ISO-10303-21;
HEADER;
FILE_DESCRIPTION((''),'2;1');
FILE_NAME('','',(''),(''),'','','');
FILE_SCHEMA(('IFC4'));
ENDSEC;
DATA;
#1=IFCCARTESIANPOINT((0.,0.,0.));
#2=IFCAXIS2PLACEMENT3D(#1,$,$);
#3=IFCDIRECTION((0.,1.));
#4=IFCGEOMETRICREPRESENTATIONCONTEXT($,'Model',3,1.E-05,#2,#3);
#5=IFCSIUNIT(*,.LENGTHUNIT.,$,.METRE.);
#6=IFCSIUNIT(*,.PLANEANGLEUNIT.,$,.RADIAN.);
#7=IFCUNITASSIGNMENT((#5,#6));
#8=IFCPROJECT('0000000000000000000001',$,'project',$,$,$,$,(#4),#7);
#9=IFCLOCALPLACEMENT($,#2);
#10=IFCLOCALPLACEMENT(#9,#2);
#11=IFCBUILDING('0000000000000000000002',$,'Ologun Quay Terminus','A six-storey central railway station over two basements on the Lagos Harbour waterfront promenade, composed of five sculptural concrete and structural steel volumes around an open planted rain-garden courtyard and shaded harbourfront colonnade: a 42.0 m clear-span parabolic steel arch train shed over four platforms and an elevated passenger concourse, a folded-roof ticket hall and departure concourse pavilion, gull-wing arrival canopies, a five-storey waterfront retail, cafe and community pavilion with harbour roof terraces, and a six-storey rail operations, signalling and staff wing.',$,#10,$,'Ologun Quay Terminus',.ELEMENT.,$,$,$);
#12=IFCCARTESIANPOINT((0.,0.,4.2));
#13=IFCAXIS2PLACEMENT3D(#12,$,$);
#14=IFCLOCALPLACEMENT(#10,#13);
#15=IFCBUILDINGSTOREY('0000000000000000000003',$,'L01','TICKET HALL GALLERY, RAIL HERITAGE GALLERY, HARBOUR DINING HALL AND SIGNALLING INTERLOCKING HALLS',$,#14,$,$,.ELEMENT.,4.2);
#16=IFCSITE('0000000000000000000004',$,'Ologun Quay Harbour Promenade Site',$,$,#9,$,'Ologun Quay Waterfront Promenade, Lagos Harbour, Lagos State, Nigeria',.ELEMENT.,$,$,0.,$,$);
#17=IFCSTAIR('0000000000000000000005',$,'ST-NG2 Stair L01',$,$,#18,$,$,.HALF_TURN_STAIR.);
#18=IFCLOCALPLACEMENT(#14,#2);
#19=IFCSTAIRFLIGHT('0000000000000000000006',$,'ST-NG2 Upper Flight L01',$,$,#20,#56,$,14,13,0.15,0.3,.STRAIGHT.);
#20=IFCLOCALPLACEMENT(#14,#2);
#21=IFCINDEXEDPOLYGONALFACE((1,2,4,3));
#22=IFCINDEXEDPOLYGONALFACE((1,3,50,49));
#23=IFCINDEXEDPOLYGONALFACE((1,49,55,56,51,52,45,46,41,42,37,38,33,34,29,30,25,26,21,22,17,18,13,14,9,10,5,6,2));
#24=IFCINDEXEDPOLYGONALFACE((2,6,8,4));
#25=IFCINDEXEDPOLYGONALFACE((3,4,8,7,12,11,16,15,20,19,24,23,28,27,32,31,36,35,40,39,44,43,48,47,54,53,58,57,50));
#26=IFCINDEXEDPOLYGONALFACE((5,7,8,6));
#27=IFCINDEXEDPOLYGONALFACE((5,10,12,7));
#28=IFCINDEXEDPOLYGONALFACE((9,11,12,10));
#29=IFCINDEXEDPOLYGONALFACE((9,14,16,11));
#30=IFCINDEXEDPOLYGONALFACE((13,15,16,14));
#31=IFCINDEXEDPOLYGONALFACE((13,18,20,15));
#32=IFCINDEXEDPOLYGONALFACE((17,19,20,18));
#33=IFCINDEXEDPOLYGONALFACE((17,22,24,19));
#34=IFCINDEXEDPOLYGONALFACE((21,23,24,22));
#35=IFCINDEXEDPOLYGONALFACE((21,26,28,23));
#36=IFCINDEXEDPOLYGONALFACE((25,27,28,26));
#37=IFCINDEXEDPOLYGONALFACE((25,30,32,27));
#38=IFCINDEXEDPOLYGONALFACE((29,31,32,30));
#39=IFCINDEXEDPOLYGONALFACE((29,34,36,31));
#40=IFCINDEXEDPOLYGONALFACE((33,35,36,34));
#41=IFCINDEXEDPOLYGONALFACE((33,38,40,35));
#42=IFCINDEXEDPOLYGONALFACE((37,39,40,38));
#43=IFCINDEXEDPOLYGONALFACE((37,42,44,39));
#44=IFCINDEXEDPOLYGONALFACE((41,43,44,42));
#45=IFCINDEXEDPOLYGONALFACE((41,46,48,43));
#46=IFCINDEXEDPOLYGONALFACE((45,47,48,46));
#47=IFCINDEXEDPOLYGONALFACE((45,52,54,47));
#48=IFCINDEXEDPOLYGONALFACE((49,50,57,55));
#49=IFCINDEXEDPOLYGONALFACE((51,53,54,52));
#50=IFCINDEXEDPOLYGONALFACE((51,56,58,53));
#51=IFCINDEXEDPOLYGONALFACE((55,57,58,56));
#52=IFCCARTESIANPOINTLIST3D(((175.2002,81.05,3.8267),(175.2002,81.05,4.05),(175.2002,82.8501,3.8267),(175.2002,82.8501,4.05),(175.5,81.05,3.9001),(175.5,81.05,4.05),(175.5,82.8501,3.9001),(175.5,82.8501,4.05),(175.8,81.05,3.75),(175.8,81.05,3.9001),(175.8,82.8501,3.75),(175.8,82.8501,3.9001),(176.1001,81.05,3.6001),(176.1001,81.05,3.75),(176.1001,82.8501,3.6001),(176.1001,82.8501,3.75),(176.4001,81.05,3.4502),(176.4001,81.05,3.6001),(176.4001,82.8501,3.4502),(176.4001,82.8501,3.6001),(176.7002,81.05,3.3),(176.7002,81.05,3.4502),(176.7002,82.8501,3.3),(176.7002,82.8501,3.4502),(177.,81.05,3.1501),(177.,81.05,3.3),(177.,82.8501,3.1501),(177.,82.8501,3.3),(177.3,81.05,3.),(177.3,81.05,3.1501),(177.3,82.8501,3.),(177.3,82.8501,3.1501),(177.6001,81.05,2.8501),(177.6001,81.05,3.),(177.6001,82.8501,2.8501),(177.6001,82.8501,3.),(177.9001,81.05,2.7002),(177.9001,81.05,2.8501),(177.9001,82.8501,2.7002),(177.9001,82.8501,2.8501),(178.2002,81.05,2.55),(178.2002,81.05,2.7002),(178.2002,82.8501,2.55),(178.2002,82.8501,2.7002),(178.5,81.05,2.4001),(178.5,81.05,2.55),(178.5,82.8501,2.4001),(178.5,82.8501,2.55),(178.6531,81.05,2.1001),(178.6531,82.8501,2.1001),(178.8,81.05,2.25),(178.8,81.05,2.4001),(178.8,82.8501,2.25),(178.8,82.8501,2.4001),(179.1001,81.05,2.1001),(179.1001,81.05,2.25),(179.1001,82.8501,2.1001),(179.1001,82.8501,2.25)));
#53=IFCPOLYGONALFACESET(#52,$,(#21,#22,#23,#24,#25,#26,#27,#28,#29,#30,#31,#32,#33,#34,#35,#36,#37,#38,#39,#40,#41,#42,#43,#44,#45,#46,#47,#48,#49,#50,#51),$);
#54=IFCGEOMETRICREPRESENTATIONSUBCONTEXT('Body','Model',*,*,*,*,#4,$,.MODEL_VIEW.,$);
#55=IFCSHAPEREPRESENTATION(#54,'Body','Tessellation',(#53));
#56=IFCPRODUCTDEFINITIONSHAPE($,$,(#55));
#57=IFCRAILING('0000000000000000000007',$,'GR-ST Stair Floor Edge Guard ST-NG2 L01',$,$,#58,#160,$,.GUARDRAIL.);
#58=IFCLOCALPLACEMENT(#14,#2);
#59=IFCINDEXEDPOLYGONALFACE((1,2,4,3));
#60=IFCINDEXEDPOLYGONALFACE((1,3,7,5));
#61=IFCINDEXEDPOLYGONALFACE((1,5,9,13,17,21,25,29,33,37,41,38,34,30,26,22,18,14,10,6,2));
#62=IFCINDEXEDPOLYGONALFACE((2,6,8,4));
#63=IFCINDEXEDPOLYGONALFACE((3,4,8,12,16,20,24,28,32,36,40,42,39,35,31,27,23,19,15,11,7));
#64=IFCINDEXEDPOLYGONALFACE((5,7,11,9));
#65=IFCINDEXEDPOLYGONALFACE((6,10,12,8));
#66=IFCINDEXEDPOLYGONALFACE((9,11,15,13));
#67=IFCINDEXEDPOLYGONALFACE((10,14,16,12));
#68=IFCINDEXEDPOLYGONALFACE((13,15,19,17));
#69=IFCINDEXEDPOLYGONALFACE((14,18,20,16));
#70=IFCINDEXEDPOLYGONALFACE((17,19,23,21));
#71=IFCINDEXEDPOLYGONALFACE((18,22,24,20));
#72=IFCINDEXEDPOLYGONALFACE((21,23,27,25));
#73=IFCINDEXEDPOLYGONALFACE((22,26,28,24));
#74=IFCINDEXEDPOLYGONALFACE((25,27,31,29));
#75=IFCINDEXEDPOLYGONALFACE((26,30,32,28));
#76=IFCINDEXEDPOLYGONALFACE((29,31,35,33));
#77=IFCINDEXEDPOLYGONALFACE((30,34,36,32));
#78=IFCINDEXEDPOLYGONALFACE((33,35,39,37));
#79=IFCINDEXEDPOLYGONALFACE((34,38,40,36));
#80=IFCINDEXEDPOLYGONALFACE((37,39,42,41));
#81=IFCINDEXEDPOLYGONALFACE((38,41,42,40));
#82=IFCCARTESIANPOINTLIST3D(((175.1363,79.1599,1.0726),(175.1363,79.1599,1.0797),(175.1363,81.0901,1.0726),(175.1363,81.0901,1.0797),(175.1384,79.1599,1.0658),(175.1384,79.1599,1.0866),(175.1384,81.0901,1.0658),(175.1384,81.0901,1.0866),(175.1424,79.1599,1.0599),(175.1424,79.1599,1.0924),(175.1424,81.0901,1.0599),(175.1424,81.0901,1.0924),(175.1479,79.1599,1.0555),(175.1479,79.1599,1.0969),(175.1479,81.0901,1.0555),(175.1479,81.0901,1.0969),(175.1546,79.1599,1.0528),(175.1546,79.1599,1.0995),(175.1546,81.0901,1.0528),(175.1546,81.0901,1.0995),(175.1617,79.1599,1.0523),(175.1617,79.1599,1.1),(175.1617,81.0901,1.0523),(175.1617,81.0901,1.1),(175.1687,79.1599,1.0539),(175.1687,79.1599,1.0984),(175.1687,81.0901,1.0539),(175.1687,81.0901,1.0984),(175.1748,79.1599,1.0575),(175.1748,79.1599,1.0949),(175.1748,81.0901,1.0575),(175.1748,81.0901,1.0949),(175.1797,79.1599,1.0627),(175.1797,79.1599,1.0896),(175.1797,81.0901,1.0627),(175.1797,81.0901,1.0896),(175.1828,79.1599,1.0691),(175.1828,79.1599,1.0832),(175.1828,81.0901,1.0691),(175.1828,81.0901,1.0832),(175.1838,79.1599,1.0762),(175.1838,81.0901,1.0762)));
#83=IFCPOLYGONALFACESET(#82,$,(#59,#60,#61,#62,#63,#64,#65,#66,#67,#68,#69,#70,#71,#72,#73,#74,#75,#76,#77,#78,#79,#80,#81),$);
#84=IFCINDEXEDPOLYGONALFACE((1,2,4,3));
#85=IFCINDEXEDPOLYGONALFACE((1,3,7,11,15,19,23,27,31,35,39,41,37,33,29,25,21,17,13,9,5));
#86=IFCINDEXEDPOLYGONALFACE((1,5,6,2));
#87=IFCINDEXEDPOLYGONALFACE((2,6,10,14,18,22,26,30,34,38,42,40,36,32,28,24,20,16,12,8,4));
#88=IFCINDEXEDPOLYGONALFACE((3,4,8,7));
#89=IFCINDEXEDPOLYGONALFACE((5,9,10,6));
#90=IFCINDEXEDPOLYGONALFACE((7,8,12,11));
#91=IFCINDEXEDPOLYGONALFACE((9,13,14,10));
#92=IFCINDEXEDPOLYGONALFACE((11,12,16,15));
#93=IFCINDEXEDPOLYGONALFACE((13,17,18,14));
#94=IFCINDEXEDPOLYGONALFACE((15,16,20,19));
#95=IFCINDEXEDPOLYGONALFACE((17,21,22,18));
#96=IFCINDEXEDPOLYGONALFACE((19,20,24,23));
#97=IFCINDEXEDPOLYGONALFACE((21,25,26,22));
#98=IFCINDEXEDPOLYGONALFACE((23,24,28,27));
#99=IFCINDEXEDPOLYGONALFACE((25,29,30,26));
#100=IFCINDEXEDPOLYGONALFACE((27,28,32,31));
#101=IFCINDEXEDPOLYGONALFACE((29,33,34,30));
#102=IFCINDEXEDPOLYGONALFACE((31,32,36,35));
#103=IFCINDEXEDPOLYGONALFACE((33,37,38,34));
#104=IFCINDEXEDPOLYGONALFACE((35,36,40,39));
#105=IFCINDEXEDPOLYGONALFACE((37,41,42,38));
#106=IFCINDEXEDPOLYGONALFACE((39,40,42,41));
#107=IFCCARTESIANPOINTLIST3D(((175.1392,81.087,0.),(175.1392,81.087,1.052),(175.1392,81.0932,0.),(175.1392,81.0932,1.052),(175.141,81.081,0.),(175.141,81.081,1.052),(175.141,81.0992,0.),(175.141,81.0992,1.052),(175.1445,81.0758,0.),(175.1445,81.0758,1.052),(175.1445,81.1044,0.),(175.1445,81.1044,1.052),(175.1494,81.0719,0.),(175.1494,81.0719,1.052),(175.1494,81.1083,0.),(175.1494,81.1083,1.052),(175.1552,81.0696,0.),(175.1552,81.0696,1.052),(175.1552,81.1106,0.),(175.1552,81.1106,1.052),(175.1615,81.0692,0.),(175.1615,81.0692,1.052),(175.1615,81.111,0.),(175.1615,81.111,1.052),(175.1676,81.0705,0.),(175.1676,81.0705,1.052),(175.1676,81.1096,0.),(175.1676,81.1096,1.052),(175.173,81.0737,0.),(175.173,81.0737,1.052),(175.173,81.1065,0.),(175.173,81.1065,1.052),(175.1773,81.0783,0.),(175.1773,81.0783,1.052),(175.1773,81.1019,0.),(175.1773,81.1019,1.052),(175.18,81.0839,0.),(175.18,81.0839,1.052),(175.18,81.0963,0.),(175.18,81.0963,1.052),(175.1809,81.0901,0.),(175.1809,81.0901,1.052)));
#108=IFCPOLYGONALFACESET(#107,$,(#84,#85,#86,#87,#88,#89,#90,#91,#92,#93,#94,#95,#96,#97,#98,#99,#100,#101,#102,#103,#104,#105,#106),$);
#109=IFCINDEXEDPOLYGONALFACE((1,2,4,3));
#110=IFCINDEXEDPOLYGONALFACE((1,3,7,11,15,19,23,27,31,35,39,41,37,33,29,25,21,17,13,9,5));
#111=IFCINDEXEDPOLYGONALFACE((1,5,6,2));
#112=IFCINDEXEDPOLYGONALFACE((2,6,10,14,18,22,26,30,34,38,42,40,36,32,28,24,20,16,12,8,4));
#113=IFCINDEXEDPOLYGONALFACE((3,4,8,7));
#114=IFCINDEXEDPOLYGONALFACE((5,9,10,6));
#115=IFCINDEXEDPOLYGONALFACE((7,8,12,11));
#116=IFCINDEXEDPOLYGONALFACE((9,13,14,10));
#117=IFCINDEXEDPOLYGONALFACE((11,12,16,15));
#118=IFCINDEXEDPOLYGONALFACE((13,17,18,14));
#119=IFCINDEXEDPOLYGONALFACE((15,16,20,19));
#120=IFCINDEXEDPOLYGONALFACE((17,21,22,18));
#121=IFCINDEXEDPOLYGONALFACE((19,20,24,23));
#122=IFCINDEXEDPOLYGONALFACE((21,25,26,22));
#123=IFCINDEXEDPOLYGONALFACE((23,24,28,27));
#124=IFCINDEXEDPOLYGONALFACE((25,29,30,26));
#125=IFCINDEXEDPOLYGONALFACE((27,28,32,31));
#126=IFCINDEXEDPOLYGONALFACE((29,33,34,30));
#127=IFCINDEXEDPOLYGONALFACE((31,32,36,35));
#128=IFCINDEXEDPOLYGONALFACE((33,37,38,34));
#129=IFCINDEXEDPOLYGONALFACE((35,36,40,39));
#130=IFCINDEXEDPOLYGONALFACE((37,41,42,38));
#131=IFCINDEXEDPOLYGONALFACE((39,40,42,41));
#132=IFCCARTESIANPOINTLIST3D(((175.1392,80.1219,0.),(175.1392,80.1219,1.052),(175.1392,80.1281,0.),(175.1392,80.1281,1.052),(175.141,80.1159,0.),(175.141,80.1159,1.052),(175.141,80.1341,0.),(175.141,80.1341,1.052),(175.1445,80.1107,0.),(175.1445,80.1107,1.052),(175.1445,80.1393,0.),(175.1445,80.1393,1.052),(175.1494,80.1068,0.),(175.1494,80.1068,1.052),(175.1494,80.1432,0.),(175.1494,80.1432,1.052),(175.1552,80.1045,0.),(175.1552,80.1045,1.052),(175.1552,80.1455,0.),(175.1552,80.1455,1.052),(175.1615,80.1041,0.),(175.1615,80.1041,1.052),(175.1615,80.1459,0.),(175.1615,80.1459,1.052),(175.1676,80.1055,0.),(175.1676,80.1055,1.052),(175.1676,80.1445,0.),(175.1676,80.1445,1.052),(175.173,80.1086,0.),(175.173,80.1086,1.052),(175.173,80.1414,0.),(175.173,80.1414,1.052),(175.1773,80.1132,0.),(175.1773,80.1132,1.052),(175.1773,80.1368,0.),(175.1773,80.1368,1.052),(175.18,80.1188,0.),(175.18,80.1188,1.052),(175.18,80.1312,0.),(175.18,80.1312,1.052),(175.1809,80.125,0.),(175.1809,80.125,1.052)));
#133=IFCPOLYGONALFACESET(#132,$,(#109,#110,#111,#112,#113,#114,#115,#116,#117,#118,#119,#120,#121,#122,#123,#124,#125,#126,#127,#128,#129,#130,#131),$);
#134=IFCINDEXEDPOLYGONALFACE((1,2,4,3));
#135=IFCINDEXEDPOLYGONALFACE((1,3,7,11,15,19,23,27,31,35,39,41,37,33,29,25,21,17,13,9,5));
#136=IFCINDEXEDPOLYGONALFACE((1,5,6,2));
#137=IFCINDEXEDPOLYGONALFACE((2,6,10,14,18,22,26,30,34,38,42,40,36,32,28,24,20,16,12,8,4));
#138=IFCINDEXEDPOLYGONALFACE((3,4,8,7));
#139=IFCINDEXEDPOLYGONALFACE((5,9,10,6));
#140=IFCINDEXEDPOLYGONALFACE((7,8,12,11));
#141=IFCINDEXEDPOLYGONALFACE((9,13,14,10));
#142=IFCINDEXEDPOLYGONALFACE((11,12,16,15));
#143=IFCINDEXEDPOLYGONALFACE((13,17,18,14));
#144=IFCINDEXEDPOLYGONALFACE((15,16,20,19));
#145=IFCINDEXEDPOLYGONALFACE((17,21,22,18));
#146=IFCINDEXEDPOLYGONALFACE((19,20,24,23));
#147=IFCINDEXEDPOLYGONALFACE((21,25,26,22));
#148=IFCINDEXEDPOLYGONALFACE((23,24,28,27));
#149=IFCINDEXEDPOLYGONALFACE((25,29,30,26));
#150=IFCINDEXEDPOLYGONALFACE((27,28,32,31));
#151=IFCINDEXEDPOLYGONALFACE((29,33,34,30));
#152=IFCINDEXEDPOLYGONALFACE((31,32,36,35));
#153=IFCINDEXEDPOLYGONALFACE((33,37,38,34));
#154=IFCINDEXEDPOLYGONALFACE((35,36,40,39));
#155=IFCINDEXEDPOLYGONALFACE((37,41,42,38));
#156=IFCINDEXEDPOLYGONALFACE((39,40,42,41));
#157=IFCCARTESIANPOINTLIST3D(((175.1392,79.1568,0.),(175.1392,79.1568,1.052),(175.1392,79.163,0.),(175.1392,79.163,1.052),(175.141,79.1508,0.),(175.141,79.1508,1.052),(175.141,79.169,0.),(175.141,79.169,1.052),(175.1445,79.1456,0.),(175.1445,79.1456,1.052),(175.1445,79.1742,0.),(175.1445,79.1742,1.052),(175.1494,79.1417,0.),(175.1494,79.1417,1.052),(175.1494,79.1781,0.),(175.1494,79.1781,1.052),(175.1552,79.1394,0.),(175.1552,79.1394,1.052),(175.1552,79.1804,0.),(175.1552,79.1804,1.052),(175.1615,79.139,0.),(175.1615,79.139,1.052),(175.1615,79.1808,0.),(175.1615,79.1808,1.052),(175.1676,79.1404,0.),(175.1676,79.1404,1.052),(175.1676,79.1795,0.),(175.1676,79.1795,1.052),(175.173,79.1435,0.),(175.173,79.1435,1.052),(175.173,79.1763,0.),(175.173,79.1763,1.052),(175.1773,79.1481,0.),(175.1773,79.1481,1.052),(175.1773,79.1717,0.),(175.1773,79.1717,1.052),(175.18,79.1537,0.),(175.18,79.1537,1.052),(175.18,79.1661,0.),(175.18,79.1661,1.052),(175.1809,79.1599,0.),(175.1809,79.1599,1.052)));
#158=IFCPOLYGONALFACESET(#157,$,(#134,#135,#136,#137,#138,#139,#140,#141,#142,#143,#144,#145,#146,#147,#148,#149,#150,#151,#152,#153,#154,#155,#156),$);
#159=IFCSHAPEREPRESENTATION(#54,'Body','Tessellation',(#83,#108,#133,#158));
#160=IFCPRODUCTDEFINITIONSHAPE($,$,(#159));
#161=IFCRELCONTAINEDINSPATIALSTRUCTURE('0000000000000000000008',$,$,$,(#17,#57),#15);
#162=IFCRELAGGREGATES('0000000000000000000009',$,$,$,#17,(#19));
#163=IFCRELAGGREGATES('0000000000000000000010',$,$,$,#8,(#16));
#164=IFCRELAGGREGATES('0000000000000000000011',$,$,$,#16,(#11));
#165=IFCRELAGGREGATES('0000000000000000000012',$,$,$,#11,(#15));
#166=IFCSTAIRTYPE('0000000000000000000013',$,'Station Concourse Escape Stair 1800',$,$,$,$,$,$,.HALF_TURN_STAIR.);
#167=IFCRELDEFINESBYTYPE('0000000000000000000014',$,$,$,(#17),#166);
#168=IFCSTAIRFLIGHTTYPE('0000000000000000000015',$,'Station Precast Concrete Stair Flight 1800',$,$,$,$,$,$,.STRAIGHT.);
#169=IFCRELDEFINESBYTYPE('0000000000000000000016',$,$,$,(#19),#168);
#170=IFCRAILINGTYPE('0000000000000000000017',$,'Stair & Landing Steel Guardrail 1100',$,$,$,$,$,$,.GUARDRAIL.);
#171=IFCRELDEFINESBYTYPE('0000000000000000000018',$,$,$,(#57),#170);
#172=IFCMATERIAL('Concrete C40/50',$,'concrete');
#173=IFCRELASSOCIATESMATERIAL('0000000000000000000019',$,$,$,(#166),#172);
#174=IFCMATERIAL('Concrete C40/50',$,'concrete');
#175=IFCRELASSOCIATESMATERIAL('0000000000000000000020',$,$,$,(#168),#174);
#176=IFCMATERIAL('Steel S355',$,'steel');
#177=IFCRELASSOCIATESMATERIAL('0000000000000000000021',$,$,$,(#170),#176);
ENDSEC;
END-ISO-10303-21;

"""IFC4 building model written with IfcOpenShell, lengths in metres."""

from ifc_helpers import new_model, si_unit, direction, frame, origin, origin_2d, place, context, subcontext, project, spatial, polyline, circle, outline, extrude, material, type_object, element, aggregate, save


model = new_model("IFC4")

# Units and contexts
model_context = context("Model", 3, precision=1e-05, world=origin(), true_north=direction((0.0, 1.0)))
body_context = subcontext(model_context, "Body", "Model", "MODEL_VIEW")
ifc_project = project(units=[si_unit("LENGTHUNIT", "METRE"), si_unit("PLANEANGLEUNIT", "RADIAN")], contexts=[model_context])

# Site, building, storey
site_placement = place(None, origin())
site = spatial("IfcSite", under=ifc_project, at=site_placement, Name="Ologun Quay Harbour Promenade Site", LongName="Ologun Quay Waterfront Promenade, Lagos Harbour, Lagos State, Nigeria", CompositionType="ELEMENT", RefElevation=0.0)
building_placement = place(site_placement, origin())
building = spatial("IfcBuilding", under=site, at=building_placement, Name="Ologun Quay Terminus", Description="A six-storey central railway station over two basements on the Lagos Harbour waterfront promenade, composed of five sculptural concrete and structural steel volumes around an open planted rain-garden courtyard and shaded harbourfront colonnade: a 42.0 m clear-span parabolic steel arch train shed over four platforms and an elevated passenger concourse, a folded-roof ticket hall and departure concourse pavilion, gull-wing arrival canopies, a five-storey waterfront retail, cafe and community pavilion with harbour roof terraces, and a six-storey rail operations, signalling and staff wing.", LongName="Ologun Quay Terminus", CompositionType="ELEMENT")
storey_placement = place(building_placement, frame((0.0, 0.0, 4.2)))
storey = spatial("IfcBuildingStorey", under=building, at=storey_placement, Name="L01", Description="TICKET HALL GALLERY, RAIL HERITAGE GALLERY, HARBOUR DINING HALL AND SIGNALLING INTERLOCKING HALLS", CompositionType="ELEMENT", Elevation=4.2)

# Stair, stair flight
ifc_material_1 = material(Name="Concrete C40/50", Category="concrete")
stair_type = type_object("IfcStairType", Name="Station Concourse Escape Stair 1800", PredefinedType="HALF_TURN_STAIR", material=ifc_material_1)
stair_placement = place(storey_placement, origin())
stair = element("IfcStair", 1, at=stair_placement, inside=storey, type_object=stair_type, Name="ST-NG2 Stair L01", PredefinedType="HALF_TURN_STAIR")
ifc_material_2 = material(Name="Concrete C40/50", Category="concrete")
stair_flight_type = type_object("IfcStairFlightType", Name="Station Precast Concrete Stair Flight 1800", PredefinedType="STRAIGHT", material=ifc_material_2)
stair_flight_1_placement = place(storey_placement, frame((179.1001, 81.95, 2.1001), z_axis=(0.0, 0.0, 1.0), x_axis=(-1.0, 0.0, 0.0)))
stair_flight_1 = element("IfcStairFlight", 2, at=stair_flight_1_placement, type_object=stair_flight_type, Name="ST-NG2 Upper Flight L01", NumberOfRisers=14, NumberOfTreads=13, PredefinedType="STRAIGHT", RiserHeight=0.15, TreadLength=0.3, context=body_context, shape_type="SweptSolid", body=[
    extrude(outline(polyline([(0.0, 0.0), (0.0, 0.1499), (0.3, 0.1499), (0.3, 0.3), (0.6001, 0.3), (0.6001, 0.45), (0.8999, 0.45), (0.8999, 0.6001), (1.2, 0.6001), (1.2, 0.75), (1.5, 0.75), (1.5, 0.8999), (1.8, 0.8999), (1.8, 1.05), (2.1001, 1.05), (2.1001, 1.2), (2.3999, 1.2), (2.3999, 1.3501), (2.7, 1.3501), (2.7, 1.5), (3.0, 1.5), (3.0, 1.6499), (3.3, 1.6499), (3.3, 1.8), (3.6001, 1.8), (3.6001, 1.95), (3.8999, 1.95), (3.8999, 2.1001), (3.8999, 1.7266), (0.447, 0.0), (0.0, 0.0)])), frame((0.0, 0.8999, 0.0), z_axis=(0.0, -1.0, 0.0), x_axis=(1.0, 0.0, 0.0)), (0.0, 0.0, 1.0), 1.8),
])
aggregate(stair, [stair_flight_1])

# Railing
ifc_material_3 = material(Name="Steel S355", Category="steel")
railing_type_1 = type_object("IfcRailingType", Name="Stair & Landing Steel Guardrail 1100", PredefinedType="GUARDRAIL", material=ifc_material_3)
railing_1_placement = place(storey_placement, frame((175.1599, 81.0901, 0.0)))
element("IfcRailing", 3, at=railing_1_placement, inside=storey, type_object=railing_type_1, Name="GR-ST Stair Floor Edge Guard ST-NG2 L01", PredefinedType="GUARDRAIL", context=body_context, shape_type="SweptSolid", body=[
    extrude(circle(Radius=0.0239, at=origin_2d()), frame((0.0, 0.0, 1.0762), z_axis=(0.0, -1.0, 0.0), x_axis=(1.0, 0.0, 0.0)), (0.0, 0.0, 1.0), 1.9302),
    extrude(circle(Radius=0.021, at=origin_2d()), origin(), (0.0, 0.0, 1.0), 1.052),
    extrude(circle(Radius=0.021, at=origin_2d()), frame((0.0, -0.9651, 0.0)), (0.0, 0.0, 1.0), 1.052),
    extrude(circle(Radius=0.021, at=origin_2d()), frame((0.0, -1.9302, 0.0)), (0.0, 0.0, 1.0), 1.052),
])

save(model, "model.ifc")
